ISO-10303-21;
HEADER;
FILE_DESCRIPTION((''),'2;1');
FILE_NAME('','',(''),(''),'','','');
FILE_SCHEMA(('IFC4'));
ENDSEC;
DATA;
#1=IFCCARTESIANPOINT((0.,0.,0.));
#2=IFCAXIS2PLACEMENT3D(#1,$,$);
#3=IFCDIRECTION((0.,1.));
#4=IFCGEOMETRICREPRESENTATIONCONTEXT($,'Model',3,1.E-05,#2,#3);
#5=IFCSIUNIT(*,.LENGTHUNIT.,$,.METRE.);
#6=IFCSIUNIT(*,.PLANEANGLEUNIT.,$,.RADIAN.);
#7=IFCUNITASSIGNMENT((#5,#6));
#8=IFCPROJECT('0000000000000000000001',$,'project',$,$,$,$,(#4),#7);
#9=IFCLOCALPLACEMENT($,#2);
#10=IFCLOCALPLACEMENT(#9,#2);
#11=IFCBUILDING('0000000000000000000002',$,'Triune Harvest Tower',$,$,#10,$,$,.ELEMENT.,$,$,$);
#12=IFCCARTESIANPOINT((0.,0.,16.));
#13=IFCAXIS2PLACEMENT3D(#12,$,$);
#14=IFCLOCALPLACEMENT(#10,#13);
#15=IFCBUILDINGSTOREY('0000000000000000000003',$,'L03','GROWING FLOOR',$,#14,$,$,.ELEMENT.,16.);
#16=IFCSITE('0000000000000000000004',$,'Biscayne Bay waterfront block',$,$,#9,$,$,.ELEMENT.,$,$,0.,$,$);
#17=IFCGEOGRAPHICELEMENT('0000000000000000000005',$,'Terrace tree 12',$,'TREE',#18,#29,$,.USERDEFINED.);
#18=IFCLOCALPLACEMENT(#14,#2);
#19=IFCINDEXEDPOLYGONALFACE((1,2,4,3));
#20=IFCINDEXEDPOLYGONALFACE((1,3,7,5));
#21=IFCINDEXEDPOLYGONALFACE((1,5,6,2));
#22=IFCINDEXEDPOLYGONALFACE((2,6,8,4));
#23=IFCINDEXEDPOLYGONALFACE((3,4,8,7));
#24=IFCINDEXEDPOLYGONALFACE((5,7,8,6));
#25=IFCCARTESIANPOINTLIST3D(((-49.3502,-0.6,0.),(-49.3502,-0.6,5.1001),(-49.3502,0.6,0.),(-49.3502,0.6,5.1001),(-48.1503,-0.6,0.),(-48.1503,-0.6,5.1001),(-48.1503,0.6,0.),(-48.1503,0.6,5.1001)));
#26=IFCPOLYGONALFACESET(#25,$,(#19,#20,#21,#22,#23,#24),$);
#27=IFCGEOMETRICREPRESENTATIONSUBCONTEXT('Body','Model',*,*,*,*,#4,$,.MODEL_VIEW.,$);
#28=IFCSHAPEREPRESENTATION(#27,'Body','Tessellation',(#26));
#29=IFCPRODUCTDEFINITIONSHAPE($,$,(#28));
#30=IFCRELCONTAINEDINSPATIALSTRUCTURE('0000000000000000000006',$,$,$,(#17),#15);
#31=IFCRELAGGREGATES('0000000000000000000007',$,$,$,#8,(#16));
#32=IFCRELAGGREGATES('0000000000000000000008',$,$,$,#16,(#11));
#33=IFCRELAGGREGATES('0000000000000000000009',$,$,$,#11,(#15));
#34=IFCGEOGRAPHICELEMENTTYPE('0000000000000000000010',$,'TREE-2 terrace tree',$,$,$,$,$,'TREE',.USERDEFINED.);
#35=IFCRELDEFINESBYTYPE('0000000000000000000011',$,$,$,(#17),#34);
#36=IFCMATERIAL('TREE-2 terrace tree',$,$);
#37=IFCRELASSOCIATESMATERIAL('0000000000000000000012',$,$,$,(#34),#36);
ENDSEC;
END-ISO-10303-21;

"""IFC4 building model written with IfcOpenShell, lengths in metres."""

from ifc_helpers import new_model, si_unit, direction, frame, origin, origin_2d, place, context, subcontext, project, spatial, rectangle, extrude, source, transform, mapped, material, type_object, element, save


model = new_model("IFC4")

# Units and contexts
model_context = context("Model", 3, precision=1e-05, world=origin(), true_north=direction((0.0, 1.0)))
body_context = subcontext(model_context, "Body", "Model", "MODEL_VIEW")
ifc_project = project(units=[si_unit("LENGTHUNIT", "METRE"), si_unit("PLANEANGLEUNIT", "RADIAN")], contexts=[model_context])

# Site, building, storey
site_placement = place(None, origin())
site = spatial("IfcSite", under=ifc_project, at=site_placement, Name="Biscayne Bay waterfront block", CompositionType="ELEMENT", RefElevation=0.0)
building_placement = place(site_placement, origin())
building = spatial("IfcBuilding", under=site, at=building_placement, Name="Triune Harvest Tower", CompositionType="ELEMENT")
storey_placement = place(building_placement, frame((0.0, 0.0, 16.0)))
storey = spatial("IfcBuildingStorey", under=building, at=storey_placement, Name="L03", Description="GROWING FLOOR", CompositionType="ELEMENT", Elevation=16.0)

# Geographic element
ifc_material_1 = material(Name="TREE-2 terrace tree")
geographic_element_type = type_object("IfcGeographicElementType", Name="TREE-2 terrace tree", ElementType="TREE", PredefinedType="USERDEFINED", material=ifc_material_1)
shared_shape_1 = source(origin(), body_context, "Body", "SweptSolid", [
    extrude(rectangle(XDim=1.2, YDim=1.2, at=origin_2d()), origin(), (0.0, 0.0, 1.0), 5.1001),
])
for number, where, z_axis, x_axis, name in (
    (1, (-48.7502, 0.0, 0.0), (0.0, 0.0, 1.0), (0.0, -1.0, 0.0), "Terrace tree 12"),
):
    element("IfcGeographicElement", number, at=place(storey_placement, frame(where, z_axis=z_axis, x_axis=x_axis)), inside=storey, type_object=geographic_element_type, Name=name, ObjectType="TREE", PredefinedType="USERDEFINED", context=body_context, shape_type="MappedRepresentation", body=[
        mapped(shared_shape_1, transform((0.0, 0.0, 0.0), scale=1.0)),
    ])

save(model, "model.ifc")
